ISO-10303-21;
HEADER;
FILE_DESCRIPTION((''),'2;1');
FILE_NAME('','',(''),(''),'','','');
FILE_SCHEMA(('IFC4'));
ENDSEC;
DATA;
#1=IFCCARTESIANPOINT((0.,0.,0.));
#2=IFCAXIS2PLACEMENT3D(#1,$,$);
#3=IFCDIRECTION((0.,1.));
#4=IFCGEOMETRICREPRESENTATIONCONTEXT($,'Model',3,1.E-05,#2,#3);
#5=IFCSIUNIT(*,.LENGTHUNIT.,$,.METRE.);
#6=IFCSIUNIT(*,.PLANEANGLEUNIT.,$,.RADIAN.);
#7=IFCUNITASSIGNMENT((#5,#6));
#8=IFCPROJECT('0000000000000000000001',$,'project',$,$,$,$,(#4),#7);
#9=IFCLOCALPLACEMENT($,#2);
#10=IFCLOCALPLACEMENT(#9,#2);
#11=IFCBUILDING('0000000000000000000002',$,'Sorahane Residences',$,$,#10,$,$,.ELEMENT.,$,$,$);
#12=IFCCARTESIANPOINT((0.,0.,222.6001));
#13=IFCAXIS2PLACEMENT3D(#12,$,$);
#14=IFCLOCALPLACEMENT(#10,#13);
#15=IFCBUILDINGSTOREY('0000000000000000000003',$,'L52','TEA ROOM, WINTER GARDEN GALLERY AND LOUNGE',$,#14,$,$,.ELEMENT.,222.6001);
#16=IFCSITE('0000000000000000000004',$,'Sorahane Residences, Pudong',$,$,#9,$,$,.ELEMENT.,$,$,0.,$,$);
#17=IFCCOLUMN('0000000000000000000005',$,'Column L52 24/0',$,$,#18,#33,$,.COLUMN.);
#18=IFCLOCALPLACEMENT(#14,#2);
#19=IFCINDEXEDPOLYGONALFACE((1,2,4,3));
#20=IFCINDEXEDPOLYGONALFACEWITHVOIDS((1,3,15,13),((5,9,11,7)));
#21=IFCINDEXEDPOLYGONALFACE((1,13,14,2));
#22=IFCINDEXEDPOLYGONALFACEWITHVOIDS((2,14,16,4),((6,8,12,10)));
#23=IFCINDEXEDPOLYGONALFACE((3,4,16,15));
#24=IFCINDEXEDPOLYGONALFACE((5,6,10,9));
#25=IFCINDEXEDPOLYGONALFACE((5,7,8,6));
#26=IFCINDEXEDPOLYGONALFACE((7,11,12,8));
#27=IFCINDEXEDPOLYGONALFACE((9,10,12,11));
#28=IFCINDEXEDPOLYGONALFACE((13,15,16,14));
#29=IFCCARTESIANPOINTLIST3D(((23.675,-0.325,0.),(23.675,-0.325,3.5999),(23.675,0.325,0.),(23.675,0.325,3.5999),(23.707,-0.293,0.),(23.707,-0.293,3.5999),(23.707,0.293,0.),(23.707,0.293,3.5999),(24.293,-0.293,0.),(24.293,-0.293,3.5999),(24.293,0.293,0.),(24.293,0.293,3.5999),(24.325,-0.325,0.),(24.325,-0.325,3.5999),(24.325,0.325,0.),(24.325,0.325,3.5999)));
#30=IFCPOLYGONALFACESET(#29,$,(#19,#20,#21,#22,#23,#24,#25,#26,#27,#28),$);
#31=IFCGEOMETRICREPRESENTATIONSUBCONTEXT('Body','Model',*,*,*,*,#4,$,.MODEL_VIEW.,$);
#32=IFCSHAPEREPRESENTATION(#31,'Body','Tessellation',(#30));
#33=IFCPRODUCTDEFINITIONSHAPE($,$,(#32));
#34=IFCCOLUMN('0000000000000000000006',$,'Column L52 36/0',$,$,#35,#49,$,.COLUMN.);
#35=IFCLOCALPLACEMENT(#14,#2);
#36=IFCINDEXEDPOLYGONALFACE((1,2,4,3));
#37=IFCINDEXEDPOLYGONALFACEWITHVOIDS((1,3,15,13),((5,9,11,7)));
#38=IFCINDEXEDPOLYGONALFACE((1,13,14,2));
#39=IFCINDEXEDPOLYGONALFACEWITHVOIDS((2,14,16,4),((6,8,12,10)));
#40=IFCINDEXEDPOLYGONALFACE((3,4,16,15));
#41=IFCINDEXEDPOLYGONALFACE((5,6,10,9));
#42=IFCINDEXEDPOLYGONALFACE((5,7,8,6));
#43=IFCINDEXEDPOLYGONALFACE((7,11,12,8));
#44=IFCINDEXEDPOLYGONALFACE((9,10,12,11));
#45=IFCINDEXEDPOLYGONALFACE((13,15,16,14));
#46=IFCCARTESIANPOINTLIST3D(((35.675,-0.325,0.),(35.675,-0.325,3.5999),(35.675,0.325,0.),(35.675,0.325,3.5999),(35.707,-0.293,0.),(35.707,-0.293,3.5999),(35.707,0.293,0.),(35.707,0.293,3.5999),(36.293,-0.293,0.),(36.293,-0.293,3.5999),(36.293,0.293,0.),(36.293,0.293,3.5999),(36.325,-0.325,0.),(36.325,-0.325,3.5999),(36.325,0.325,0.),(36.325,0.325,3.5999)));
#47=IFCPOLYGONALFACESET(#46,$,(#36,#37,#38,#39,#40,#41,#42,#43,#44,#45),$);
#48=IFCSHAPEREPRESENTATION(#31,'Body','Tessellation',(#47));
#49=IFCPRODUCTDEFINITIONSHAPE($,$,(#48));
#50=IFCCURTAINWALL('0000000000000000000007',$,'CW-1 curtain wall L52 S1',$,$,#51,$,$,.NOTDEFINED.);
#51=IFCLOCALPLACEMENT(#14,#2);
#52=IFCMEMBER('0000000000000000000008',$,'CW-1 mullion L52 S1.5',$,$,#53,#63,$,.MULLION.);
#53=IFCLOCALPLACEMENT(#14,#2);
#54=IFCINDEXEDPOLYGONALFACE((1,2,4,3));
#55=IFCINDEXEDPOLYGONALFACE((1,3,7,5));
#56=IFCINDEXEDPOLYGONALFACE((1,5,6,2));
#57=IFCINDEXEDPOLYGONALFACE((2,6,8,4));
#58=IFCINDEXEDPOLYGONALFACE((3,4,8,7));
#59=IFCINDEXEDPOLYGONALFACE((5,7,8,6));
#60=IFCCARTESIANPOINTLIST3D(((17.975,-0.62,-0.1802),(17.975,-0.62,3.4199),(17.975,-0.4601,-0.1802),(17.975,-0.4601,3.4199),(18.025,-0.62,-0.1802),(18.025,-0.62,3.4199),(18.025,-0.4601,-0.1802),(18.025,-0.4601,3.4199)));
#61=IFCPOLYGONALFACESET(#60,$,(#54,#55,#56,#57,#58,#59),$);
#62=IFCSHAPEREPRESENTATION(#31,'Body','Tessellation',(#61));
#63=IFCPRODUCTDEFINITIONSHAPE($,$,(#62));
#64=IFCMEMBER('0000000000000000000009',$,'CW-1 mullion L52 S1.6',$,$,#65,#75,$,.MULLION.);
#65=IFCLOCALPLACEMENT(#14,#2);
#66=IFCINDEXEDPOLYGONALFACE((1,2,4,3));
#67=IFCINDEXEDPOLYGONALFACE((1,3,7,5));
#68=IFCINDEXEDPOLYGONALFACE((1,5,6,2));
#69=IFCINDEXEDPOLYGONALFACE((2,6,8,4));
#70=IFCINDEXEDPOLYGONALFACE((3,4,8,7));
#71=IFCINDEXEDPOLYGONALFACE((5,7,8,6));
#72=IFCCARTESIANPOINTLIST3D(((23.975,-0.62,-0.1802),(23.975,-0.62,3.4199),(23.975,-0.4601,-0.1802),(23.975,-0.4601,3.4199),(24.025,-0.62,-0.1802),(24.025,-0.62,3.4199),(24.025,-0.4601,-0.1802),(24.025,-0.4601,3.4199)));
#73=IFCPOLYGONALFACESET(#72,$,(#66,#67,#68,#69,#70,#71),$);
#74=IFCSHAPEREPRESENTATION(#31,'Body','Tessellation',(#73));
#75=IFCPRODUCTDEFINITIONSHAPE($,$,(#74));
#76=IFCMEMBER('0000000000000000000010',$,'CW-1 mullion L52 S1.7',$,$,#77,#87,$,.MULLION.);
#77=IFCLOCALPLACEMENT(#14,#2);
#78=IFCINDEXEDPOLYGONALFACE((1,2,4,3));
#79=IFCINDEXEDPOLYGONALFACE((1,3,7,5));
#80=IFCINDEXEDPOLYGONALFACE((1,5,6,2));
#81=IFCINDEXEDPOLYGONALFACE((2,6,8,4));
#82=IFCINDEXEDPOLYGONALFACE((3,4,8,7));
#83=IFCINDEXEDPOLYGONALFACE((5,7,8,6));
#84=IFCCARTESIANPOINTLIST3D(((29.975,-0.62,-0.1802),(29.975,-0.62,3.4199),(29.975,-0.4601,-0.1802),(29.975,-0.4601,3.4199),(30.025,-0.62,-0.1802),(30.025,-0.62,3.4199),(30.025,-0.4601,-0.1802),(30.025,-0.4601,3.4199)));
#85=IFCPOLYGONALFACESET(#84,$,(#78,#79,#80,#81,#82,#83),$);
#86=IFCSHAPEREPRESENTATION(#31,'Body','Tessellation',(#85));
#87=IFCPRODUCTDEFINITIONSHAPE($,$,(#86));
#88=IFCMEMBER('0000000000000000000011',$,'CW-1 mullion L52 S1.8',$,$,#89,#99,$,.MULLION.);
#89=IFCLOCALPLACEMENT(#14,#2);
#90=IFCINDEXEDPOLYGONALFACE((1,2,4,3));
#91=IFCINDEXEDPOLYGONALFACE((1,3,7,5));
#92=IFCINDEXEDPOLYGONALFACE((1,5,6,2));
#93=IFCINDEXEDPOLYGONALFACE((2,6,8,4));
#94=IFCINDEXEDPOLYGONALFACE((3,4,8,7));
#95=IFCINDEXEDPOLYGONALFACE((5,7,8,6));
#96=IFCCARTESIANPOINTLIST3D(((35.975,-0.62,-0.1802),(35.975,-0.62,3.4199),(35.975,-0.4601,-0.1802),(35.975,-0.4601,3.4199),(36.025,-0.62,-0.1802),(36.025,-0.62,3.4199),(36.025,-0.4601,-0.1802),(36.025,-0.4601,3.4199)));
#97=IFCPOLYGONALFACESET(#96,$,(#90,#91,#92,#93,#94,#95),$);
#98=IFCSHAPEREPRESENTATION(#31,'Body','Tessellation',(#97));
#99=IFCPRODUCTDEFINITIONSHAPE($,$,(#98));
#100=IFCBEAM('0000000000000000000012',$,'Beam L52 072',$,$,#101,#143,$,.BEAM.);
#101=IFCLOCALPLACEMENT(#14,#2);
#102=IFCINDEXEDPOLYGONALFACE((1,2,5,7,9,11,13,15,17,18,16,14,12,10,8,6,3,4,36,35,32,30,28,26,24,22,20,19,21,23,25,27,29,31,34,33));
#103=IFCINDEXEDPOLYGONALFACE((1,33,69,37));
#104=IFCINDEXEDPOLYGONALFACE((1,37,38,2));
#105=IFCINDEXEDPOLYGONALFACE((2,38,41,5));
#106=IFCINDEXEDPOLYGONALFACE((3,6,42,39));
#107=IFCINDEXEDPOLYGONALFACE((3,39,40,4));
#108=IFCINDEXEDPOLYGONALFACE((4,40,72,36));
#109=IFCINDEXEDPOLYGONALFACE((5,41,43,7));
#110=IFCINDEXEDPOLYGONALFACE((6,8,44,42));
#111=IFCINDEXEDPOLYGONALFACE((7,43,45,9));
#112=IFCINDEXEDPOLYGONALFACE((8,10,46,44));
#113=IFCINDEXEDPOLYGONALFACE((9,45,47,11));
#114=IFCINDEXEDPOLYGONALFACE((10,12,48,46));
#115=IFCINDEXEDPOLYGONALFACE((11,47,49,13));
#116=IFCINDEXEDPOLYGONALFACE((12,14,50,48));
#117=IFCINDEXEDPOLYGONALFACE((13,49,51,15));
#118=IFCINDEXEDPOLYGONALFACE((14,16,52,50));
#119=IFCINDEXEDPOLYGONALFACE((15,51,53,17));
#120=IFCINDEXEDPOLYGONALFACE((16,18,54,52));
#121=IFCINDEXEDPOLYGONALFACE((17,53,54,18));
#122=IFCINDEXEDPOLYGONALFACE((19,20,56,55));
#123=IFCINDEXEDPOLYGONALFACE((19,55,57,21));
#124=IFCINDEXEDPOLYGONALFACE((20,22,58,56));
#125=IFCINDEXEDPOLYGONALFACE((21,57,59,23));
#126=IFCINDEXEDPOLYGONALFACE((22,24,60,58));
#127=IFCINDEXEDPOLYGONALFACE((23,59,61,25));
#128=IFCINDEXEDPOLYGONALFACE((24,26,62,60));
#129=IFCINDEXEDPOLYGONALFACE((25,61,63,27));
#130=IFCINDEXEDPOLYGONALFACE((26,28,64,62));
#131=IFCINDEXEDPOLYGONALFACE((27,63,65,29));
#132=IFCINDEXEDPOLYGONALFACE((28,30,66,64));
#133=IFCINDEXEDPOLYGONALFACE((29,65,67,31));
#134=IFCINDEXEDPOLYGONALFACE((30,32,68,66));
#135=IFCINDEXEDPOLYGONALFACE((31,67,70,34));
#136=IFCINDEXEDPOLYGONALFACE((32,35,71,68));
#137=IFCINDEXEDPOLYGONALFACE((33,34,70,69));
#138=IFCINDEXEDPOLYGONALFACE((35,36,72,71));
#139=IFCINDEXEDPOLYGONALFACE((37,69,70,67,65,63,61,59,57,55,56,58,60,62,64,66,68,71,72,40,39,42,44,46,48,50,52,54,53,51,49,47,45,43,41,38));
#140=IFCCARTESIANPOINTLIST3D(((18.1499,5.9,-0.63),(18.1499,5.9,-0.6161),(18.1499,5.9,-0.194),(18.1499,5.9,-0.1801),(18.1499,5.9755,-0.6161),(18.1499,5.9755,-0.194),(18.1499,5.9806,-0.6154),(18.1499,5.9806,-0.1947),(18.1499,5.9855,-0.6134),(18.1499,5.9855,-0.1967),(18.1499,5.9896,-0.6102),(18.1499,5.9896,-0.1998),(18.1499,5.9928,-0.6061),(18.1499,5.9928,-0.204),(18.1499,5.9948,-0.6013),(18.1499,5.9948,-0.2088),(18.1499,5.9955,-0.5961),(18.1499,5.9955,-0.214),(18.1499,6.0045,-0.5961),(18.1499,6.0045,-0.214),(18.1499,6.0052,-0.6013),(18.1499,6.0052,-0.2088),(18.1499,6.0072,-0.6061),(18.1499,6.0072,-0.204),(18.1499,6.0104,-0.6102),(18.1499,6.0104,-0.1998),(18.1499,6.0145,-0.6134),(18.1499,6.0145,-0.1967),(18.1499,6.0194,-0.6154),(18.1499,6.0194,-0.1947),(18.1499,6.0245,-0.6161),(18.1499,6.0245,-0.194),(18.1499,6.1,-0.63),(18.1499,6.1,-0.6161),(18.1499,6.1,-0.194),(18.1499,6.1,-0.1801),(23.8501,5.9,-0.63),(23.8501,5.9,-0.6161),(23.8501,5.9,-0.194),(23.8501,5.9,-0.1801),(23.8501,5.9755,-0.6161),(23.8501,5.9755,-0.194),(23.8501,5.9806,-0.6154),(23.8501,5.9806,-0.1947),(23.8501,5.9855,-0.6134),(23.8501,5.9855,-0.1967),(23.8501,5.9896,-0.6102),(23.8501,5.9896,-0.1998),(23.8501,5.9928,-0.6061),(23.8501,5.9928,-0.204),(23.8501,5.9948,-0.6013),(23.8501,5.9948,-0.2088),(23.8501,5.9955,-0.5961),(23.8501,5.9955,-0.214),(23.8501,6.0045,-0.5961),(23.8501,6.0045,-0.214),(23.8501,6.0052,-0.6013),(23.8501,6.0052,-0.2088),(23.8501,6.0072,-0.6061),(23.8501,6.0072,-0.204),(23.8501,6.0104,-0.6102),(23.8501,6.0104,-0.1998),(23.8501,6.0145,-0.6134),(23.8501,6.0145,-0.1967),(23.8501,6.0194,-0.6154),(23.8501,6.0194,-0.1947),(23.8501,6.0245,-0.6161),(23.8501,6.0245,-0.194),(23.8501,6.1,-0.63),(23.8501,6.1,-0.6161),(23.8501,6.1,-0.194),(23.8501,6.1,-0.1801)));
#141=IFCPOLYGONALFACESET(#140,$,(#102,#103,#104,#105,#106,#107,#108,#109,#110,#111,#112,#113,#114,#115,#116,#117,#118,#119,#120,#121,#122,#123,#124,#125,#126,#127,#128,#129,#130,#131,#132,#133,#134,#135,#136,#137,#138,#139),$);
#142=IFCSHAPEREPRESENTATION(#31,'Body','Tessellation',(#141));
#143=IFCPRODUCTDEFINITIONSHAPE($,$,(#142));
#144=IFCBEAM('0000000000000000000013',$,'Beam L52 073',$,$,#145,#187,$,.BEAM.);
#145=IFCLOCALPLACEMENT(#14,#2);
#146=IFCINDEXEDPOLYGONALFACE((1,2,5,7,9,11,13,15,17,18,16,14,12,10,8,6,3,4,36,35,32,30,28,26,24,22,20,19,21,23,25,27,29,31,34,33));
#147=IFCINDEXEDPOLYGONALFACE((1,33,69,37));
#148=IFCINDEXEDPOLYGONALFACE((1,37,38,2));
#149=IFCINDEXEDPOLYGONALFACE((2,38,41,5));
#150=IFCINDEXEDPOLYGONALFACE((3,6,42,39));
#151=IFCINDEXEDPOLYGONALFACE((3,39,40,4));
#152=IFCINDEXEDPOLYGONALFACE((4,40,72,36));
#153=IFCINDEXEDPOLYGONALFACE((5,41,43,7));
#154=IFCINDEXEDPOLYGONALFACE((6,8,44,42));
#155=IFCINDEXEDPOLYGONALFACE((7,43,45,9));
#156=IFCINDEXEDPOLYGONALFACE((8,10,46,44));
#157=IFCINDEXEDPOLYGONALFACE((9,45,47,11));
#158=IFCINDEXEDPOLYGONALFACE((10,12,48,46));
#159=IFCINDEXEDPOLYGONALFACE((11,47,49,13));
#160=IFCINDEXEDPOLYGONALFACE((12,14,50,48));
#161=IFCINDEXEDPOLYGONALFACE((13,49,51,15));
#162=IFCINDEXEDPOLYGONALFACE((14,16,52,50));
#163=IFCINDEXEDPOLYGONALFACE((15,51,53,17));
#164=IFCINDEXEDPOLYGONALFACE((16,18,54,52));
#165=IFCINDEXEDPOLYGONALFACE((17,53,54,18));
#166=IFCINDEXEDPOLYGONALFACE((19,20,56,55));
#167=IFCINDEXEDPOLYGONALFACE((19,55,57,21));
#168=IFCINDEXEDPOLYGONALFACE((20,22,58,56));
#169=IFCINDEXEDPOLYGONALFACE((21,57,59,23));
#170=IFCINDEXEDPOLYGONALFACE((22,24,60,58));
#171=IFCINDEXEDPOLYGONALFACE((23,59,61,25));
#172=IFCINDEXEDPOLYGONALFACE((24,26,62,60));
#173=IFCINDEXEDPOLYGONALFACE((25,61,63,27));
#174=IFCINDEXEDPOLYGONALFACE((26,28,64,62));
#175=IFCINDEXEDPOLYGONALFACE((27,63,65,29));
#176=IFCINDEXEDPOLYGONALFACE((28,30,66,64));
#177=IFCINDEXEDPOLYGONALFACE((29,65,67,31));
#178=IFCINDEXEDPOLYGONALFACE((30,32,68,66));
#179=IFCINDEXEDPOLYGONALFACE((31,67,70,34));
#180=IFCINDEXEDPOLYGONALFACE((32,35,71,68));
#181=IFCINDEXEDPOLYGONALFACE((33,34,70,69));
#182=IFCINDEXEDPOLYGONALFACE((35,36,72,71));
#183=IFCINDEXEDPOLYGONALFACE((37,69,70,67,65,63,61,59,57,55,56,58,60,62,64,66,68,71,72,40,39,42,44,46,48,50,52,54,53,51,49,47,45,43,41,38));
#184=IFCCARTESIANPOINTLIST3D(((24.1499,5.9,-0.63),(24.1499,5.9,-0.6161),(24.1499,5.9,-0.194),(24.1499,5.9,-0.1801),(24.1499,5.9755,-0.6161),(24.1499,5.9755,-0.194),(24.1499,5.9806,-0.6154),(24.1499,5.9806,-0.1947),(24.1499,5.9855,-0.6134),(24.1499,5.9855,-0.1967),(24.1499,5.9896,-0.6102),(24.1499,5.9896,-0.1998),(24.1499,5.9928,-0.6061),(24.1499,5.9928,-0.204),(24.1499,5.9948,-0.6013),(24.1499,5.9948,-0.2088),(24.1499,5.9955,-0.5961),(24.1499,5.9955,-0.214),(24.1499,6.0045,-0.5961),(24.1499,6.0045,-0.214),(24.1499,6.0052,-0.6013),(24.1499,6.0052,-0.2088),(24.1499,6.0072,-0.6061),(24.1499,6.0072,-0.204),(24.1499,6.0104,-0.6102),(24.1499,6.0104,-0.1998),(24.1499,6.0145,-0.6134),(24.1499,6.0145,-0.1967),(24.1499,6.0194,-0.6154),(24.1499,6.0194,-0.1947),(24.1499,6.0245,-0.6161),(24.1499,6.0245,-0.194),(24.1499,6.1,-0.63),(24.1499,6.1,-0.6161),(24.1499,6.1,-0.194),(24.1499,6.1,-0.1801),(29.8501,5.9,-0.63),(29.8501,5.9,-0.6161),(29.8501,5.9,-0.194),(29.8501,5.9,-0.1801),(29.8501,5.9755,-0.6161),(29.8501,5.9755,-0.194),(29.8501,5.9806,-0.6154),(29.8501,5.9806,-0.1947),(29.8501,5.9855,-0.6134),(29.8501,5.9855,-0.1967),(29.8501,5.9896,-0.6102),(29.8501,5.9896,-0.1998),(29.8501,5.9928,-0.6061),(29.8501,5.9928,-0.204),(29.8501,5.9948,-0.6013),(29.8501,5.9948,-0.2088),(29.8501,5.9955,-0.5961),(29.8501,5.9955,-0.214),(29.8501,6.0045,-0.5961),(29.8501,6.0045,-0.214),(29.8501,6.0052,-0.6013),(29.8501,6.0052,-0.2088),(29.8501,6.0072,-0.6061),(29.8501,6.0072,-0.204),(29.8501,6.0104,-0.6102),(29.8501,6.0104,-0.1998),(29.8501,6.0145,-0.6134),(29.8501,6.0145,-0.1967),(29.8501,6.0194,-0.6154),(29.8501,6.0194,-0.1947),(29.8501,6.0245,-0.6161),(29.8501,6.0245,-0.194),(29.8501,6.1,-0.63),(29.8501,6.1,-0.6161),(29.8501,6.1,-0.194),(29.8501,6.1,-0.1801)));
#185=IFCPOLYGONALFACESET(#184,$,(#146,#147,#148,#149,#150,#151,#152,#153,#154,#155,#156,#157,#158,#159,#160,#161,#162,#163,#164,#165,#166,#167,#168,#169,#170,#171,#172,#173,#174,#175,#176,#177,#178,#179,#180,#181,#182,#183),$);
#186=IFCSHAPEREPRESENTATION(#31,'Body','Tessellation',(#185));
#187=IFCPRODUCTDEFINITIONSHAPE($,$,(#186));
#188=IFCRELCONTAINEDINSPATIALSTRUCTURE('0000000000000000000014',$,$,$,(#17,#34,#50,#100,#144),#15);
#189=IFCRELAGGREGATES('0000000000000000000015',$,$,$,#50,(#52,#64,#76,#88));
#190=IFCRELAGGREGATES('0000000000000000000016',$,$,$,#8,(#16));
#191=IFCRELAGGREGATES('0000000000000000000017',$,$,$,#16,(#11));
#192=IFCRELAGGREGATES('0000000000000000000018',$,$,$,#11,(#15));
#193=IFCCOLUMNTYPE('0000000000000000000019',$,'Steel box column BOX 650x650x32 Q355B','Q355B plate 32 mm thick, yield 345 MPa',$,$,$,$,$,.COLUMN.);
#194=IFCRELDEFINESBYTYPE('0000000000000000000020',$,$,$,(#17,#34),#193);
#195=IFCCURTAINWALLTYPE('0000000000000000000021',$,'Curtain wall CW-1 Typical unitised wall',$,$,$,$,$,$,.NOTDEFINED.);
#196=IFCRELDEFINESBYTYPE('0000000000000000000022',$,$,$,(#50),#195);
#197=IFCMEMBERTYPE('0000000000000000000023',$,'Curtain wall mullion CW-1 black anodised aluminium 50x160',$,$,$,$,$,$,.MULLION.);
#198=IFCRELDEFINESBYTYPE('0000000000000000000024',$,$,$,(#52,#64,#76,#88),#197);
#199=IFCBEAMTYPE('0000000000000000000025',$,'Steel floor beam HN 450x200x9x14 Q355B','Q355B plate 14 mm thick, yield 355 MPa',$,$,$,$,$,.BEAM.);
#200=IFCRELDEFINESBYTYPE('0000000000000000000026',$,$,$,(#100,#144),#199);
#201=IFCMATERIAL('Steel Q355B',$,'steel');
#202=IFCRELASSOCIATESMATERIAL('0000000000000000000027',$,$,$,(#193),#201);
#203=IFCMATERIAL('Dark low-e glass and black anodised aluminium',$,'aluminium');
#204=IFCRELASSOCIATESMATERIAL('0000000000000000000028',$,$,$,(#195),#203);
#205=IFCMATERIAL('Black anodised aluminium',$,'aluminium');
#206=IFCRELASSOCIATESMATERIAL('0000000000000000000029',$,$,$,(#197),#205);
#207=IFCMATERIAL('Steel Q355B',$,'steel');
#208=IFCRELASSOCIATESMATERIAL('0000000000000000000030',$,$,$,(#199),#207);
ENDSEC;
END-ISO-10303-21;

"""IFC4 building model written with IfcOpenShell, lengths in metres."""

from ifc_helpers import new_model, si_unit, direction, frame, origin, origin_2d, place, context, subcontext, project, spatial, rectangle, hollow_rectangle, i_section, extrude, material, material_profile, profile_set, type_object, element, aggregate, save


model = new_model("IFC4")

# Units and contexts
model_context = context("Model", 3, precision=1e-05, world=origin(), true_north=direction((0.0, 1.0)))
body_context = subcontext(model_context, "Body", "Model", "MODEL_VIEW")
ifc_project = project(units=[si_unit("LENGTHUNIT", "METRE"), si_unit("PLANEANGLEUNIT", "RADIAN")], contexts=[model_context])

# Site, building, storey
site_placement = place(None, origin())
site = spatial("IfcSite", under=ifc_project, at=site_placement, Name="Sorahane Residences, Pudong", CompositionType="ELEMENT", RefElevation=0.0)
building_placement = place(site_placement, origin())
building = spatial("IfcBuilding", under=site, at=building_placement, Name="Sorahane Residences", CompositionType="ELEMENT")
storey_placement = place(building_placement, frame((0.0, 0.0, 222.6001)))
storey = spatial("IfcBuildingStorey", under=building, at=storey_placement, Name="L52", Description="TEA ROOM, WINTER GARDEN GALLERY AND LOUNGE", CompositionType="ELEMENT", Elevation=222.6001)

# Columns
ifc_material_1 = material(Name="Steel Q355B", Category="steel")
ifc_material_profile_1 = material_profile(ifc_material_1, hollow_rectangle(XDim=0.6499, YDim=0.6499, WallThickness=0.032, at=origin_2d()), Name="BOX 650x650x32")
ifc_profile_set_1 = profile_set([ifc_material_profile_1], Name="Steel Q355B")
column_type = type_object("IfcColumnType", Name="Steel box column BOX 650x650x32 Q355B", Description="Q355B plate 32 mm thick, yield 345 MPa", PredefinedType="COLUMN", material=ifc_profile_set_1)
for number, where, z_axis, x_axis, name in (
    (1, (24.0, 0.0, 0.0), (0.0, 0.0, 1.0), (1.0, 0.0, 0.0), "Column L52 24/0"),
    (2, (36.0, 0.0, 0.0), (0.0, 0.0, 1.0), (1.0, 0.0, 0.0), "Column L52 36/0"),
):
    element("IfcColumn", number, at=place(storey_placement, frame(where, z_axis=z_axis, x_axis=x_axis)), inside=storey, type_object=column_type, Name=name, PredefinedType="COLUMN", context=body_context, shape_type="SweptSolid", body=[
        extrude(hollow_rectangle(XDim=0.6499, YDim=0.6499, WallThickness=0.032, at=origin_2d()), origin(), (0.0, 0.0, 1.0), 3.5999),
    ])

# Curtain wall, members
ifc_material_2 = material(Name="Dark low-e glass and black anodised aluminium", Category="aluminium")
curtain_wall_type = type_object("IfcCurtainWallType", Name="Curtain wall CW-1 Typical unitised wall", PredefinedType="NOTDEFINED", material=ifc_material_2)
curtain_wall_placement = place(storey_placement, origin())
curtain_wall = element("IfcCurtainWall", 3, at=curtain_wall_placement, inside=storey, type_object=curtain_wall_type, Name="CW-1 curtain wall L52 S1", PredefinedType="NOTDEFINED")
ifc_material_3 = material(Name="Black anodised aluminium", Category="aluminium")
ifc_material_profile_2 = material_profile(ifc_material_3, rectangle(XDim=0.1599, YDim=0.05, at=origin_2d()), Name="Curtain wall mullion CW-1 black anodised aluminium 50x160")
ifc_profile_set_2 = profile_set([ifc_material_profile_2], Name="Black anodised aluminium")
member_type = type_object("IfcMemberType", Name="Curtain wall mullion CW-1 black anodised aluminium 50x160", PredefinedType="MULLION", material=ifc_profile_set_2)
member_1_placement = place(storey_placement, frame((18.0, -0.54, -0.1802), z_axis=(0.0, 0.0, 1.0), x_axis=(0.0, -1.0, 0.0)))
member_1 = element("IfcMember", 4, at=member_1_placement, type_object=member_type, Name="CW-1 mullion L52 S1.5", PredefinedType="MULLION", context=body_context, shape_type="SweptSolid", body=[
    extrude(rectangle(XDim=0.1599, YDim=0.05, at=origin_2d()), origin(), (0.0, 0.0, 1.0), 3.6001),
])
member_2_placement = place(storey_placement, frame((24.0, -0.54, -0.1802), z_axis=(0.0, 0.0, 1.0), x_axis=(0.0, -1.0, 0.0)))
member_2 = element("IfcMember", 5, at=member_2_placement, type_object=member_type, Name="CW-1 mullion L52 S1.6", PredefinedType="MULLION", context=body_context, shape_type="SweptSolid", body=[
    extrude(rectangle(XDim=0.1599, YDim=0.05, at=origin_2d()), origin(), (0.0, 0.0, 1.0), 3.6001),
])
member_3_placement = place(storey_placement, frame((30.0, -0.54, -0.1802), z_axis=(0.0, 0.0, 1.0), x_axis=(0.0, -1.0, 0.0)))
member_3 = element("IfcMember", 6, at=member_3_placement, type_object=member_type, Name="CW-1 mullion L52 S1.7", PredefinedType="MULLION", context=body_context, shape_type="SweptSolid", body=[
    extrude(rectangle(XDim=0.1599, YDim=0.05, at=origin_2d()), origin(), (0.0, 0.0, 1.0), 3.6001),
])
member_4_placement = place(storey_placement, frame((36.0, -0.54, -0.1802), z_axis=(0.0, 0.0, 1.0), x_axis=(0.0, -1.0, 0.0)))
member_4 = element("IfcMember", 7, at=member_4_placement, type_object=member_type, Name="CW-1 mullion L52 S1.8", PredefinedType="MULLION", context=body_context, shape_type="SweptSolid", body=[
    extrude(rectangle(XDim=0.1599, YDim=0.05, at=origin_2d()), origin(), (0.0, 0.0, 1.0), 3.6001),
])

# Beams
ifc_material_4 = material(Name="Steel Q355B", Category="steel")
ifc_material_profile_3 = material_profile(ifc_material_4, i_section(OverallWidth=0.2, OverallDepth=0.45, WebThickness=0.009, FlangeThickness=0.0139, FilletRadius=0.02, at=origin_2d()), Name="HN 450x200x9x14")
ifc_profile_set_3 = profile_set([ifc_material_profile_3], Name="Steel Q355B")
beam_type_1 = type_object("IfcBeamType", Name="Steel floor beam HN 450x200x9x14 Q355B", Description="Q355B plate 14 mm thick, yield 355 MPa", PredefinedType="BEAM", material=ifc_profile_set_3)
for number, where, z_axis, x_axis, name in (
    (8, (18.1499, 6.0, -0.405), (1.0, 0.0, 0.0), (0.0, 1.0, 0.0), "Beam L52 072"),
    (9, (24.1499, 6.0, -0.405), (1.0, 0.0, 0.0), (0.0, 1.0, 0.0), "Beam L52 073"),
):
    element("IfcBeam", number, at=place(storey_placement, frame(where, z_axis=z_axis, x_axis=x_axis)), inside=storey, type_object=beam_type_1, Name=name, PredefinedType="BEAM", context=body_context, shape_type="SweptSolid", body=[
        extrude(i_section(OverallWidth=0.2, OverallDepth=0.45, WebThickness=0.009, FlangeThickness=0.0139, FilletRadius=0.02, at=origin_2d()), origin(), (0.0, 0.0, 1.0), 5.7002),
    ])

aggregate(curtain_wall, [member_1, member_2, member_3, member_4])

save(model, "model.ifc")
